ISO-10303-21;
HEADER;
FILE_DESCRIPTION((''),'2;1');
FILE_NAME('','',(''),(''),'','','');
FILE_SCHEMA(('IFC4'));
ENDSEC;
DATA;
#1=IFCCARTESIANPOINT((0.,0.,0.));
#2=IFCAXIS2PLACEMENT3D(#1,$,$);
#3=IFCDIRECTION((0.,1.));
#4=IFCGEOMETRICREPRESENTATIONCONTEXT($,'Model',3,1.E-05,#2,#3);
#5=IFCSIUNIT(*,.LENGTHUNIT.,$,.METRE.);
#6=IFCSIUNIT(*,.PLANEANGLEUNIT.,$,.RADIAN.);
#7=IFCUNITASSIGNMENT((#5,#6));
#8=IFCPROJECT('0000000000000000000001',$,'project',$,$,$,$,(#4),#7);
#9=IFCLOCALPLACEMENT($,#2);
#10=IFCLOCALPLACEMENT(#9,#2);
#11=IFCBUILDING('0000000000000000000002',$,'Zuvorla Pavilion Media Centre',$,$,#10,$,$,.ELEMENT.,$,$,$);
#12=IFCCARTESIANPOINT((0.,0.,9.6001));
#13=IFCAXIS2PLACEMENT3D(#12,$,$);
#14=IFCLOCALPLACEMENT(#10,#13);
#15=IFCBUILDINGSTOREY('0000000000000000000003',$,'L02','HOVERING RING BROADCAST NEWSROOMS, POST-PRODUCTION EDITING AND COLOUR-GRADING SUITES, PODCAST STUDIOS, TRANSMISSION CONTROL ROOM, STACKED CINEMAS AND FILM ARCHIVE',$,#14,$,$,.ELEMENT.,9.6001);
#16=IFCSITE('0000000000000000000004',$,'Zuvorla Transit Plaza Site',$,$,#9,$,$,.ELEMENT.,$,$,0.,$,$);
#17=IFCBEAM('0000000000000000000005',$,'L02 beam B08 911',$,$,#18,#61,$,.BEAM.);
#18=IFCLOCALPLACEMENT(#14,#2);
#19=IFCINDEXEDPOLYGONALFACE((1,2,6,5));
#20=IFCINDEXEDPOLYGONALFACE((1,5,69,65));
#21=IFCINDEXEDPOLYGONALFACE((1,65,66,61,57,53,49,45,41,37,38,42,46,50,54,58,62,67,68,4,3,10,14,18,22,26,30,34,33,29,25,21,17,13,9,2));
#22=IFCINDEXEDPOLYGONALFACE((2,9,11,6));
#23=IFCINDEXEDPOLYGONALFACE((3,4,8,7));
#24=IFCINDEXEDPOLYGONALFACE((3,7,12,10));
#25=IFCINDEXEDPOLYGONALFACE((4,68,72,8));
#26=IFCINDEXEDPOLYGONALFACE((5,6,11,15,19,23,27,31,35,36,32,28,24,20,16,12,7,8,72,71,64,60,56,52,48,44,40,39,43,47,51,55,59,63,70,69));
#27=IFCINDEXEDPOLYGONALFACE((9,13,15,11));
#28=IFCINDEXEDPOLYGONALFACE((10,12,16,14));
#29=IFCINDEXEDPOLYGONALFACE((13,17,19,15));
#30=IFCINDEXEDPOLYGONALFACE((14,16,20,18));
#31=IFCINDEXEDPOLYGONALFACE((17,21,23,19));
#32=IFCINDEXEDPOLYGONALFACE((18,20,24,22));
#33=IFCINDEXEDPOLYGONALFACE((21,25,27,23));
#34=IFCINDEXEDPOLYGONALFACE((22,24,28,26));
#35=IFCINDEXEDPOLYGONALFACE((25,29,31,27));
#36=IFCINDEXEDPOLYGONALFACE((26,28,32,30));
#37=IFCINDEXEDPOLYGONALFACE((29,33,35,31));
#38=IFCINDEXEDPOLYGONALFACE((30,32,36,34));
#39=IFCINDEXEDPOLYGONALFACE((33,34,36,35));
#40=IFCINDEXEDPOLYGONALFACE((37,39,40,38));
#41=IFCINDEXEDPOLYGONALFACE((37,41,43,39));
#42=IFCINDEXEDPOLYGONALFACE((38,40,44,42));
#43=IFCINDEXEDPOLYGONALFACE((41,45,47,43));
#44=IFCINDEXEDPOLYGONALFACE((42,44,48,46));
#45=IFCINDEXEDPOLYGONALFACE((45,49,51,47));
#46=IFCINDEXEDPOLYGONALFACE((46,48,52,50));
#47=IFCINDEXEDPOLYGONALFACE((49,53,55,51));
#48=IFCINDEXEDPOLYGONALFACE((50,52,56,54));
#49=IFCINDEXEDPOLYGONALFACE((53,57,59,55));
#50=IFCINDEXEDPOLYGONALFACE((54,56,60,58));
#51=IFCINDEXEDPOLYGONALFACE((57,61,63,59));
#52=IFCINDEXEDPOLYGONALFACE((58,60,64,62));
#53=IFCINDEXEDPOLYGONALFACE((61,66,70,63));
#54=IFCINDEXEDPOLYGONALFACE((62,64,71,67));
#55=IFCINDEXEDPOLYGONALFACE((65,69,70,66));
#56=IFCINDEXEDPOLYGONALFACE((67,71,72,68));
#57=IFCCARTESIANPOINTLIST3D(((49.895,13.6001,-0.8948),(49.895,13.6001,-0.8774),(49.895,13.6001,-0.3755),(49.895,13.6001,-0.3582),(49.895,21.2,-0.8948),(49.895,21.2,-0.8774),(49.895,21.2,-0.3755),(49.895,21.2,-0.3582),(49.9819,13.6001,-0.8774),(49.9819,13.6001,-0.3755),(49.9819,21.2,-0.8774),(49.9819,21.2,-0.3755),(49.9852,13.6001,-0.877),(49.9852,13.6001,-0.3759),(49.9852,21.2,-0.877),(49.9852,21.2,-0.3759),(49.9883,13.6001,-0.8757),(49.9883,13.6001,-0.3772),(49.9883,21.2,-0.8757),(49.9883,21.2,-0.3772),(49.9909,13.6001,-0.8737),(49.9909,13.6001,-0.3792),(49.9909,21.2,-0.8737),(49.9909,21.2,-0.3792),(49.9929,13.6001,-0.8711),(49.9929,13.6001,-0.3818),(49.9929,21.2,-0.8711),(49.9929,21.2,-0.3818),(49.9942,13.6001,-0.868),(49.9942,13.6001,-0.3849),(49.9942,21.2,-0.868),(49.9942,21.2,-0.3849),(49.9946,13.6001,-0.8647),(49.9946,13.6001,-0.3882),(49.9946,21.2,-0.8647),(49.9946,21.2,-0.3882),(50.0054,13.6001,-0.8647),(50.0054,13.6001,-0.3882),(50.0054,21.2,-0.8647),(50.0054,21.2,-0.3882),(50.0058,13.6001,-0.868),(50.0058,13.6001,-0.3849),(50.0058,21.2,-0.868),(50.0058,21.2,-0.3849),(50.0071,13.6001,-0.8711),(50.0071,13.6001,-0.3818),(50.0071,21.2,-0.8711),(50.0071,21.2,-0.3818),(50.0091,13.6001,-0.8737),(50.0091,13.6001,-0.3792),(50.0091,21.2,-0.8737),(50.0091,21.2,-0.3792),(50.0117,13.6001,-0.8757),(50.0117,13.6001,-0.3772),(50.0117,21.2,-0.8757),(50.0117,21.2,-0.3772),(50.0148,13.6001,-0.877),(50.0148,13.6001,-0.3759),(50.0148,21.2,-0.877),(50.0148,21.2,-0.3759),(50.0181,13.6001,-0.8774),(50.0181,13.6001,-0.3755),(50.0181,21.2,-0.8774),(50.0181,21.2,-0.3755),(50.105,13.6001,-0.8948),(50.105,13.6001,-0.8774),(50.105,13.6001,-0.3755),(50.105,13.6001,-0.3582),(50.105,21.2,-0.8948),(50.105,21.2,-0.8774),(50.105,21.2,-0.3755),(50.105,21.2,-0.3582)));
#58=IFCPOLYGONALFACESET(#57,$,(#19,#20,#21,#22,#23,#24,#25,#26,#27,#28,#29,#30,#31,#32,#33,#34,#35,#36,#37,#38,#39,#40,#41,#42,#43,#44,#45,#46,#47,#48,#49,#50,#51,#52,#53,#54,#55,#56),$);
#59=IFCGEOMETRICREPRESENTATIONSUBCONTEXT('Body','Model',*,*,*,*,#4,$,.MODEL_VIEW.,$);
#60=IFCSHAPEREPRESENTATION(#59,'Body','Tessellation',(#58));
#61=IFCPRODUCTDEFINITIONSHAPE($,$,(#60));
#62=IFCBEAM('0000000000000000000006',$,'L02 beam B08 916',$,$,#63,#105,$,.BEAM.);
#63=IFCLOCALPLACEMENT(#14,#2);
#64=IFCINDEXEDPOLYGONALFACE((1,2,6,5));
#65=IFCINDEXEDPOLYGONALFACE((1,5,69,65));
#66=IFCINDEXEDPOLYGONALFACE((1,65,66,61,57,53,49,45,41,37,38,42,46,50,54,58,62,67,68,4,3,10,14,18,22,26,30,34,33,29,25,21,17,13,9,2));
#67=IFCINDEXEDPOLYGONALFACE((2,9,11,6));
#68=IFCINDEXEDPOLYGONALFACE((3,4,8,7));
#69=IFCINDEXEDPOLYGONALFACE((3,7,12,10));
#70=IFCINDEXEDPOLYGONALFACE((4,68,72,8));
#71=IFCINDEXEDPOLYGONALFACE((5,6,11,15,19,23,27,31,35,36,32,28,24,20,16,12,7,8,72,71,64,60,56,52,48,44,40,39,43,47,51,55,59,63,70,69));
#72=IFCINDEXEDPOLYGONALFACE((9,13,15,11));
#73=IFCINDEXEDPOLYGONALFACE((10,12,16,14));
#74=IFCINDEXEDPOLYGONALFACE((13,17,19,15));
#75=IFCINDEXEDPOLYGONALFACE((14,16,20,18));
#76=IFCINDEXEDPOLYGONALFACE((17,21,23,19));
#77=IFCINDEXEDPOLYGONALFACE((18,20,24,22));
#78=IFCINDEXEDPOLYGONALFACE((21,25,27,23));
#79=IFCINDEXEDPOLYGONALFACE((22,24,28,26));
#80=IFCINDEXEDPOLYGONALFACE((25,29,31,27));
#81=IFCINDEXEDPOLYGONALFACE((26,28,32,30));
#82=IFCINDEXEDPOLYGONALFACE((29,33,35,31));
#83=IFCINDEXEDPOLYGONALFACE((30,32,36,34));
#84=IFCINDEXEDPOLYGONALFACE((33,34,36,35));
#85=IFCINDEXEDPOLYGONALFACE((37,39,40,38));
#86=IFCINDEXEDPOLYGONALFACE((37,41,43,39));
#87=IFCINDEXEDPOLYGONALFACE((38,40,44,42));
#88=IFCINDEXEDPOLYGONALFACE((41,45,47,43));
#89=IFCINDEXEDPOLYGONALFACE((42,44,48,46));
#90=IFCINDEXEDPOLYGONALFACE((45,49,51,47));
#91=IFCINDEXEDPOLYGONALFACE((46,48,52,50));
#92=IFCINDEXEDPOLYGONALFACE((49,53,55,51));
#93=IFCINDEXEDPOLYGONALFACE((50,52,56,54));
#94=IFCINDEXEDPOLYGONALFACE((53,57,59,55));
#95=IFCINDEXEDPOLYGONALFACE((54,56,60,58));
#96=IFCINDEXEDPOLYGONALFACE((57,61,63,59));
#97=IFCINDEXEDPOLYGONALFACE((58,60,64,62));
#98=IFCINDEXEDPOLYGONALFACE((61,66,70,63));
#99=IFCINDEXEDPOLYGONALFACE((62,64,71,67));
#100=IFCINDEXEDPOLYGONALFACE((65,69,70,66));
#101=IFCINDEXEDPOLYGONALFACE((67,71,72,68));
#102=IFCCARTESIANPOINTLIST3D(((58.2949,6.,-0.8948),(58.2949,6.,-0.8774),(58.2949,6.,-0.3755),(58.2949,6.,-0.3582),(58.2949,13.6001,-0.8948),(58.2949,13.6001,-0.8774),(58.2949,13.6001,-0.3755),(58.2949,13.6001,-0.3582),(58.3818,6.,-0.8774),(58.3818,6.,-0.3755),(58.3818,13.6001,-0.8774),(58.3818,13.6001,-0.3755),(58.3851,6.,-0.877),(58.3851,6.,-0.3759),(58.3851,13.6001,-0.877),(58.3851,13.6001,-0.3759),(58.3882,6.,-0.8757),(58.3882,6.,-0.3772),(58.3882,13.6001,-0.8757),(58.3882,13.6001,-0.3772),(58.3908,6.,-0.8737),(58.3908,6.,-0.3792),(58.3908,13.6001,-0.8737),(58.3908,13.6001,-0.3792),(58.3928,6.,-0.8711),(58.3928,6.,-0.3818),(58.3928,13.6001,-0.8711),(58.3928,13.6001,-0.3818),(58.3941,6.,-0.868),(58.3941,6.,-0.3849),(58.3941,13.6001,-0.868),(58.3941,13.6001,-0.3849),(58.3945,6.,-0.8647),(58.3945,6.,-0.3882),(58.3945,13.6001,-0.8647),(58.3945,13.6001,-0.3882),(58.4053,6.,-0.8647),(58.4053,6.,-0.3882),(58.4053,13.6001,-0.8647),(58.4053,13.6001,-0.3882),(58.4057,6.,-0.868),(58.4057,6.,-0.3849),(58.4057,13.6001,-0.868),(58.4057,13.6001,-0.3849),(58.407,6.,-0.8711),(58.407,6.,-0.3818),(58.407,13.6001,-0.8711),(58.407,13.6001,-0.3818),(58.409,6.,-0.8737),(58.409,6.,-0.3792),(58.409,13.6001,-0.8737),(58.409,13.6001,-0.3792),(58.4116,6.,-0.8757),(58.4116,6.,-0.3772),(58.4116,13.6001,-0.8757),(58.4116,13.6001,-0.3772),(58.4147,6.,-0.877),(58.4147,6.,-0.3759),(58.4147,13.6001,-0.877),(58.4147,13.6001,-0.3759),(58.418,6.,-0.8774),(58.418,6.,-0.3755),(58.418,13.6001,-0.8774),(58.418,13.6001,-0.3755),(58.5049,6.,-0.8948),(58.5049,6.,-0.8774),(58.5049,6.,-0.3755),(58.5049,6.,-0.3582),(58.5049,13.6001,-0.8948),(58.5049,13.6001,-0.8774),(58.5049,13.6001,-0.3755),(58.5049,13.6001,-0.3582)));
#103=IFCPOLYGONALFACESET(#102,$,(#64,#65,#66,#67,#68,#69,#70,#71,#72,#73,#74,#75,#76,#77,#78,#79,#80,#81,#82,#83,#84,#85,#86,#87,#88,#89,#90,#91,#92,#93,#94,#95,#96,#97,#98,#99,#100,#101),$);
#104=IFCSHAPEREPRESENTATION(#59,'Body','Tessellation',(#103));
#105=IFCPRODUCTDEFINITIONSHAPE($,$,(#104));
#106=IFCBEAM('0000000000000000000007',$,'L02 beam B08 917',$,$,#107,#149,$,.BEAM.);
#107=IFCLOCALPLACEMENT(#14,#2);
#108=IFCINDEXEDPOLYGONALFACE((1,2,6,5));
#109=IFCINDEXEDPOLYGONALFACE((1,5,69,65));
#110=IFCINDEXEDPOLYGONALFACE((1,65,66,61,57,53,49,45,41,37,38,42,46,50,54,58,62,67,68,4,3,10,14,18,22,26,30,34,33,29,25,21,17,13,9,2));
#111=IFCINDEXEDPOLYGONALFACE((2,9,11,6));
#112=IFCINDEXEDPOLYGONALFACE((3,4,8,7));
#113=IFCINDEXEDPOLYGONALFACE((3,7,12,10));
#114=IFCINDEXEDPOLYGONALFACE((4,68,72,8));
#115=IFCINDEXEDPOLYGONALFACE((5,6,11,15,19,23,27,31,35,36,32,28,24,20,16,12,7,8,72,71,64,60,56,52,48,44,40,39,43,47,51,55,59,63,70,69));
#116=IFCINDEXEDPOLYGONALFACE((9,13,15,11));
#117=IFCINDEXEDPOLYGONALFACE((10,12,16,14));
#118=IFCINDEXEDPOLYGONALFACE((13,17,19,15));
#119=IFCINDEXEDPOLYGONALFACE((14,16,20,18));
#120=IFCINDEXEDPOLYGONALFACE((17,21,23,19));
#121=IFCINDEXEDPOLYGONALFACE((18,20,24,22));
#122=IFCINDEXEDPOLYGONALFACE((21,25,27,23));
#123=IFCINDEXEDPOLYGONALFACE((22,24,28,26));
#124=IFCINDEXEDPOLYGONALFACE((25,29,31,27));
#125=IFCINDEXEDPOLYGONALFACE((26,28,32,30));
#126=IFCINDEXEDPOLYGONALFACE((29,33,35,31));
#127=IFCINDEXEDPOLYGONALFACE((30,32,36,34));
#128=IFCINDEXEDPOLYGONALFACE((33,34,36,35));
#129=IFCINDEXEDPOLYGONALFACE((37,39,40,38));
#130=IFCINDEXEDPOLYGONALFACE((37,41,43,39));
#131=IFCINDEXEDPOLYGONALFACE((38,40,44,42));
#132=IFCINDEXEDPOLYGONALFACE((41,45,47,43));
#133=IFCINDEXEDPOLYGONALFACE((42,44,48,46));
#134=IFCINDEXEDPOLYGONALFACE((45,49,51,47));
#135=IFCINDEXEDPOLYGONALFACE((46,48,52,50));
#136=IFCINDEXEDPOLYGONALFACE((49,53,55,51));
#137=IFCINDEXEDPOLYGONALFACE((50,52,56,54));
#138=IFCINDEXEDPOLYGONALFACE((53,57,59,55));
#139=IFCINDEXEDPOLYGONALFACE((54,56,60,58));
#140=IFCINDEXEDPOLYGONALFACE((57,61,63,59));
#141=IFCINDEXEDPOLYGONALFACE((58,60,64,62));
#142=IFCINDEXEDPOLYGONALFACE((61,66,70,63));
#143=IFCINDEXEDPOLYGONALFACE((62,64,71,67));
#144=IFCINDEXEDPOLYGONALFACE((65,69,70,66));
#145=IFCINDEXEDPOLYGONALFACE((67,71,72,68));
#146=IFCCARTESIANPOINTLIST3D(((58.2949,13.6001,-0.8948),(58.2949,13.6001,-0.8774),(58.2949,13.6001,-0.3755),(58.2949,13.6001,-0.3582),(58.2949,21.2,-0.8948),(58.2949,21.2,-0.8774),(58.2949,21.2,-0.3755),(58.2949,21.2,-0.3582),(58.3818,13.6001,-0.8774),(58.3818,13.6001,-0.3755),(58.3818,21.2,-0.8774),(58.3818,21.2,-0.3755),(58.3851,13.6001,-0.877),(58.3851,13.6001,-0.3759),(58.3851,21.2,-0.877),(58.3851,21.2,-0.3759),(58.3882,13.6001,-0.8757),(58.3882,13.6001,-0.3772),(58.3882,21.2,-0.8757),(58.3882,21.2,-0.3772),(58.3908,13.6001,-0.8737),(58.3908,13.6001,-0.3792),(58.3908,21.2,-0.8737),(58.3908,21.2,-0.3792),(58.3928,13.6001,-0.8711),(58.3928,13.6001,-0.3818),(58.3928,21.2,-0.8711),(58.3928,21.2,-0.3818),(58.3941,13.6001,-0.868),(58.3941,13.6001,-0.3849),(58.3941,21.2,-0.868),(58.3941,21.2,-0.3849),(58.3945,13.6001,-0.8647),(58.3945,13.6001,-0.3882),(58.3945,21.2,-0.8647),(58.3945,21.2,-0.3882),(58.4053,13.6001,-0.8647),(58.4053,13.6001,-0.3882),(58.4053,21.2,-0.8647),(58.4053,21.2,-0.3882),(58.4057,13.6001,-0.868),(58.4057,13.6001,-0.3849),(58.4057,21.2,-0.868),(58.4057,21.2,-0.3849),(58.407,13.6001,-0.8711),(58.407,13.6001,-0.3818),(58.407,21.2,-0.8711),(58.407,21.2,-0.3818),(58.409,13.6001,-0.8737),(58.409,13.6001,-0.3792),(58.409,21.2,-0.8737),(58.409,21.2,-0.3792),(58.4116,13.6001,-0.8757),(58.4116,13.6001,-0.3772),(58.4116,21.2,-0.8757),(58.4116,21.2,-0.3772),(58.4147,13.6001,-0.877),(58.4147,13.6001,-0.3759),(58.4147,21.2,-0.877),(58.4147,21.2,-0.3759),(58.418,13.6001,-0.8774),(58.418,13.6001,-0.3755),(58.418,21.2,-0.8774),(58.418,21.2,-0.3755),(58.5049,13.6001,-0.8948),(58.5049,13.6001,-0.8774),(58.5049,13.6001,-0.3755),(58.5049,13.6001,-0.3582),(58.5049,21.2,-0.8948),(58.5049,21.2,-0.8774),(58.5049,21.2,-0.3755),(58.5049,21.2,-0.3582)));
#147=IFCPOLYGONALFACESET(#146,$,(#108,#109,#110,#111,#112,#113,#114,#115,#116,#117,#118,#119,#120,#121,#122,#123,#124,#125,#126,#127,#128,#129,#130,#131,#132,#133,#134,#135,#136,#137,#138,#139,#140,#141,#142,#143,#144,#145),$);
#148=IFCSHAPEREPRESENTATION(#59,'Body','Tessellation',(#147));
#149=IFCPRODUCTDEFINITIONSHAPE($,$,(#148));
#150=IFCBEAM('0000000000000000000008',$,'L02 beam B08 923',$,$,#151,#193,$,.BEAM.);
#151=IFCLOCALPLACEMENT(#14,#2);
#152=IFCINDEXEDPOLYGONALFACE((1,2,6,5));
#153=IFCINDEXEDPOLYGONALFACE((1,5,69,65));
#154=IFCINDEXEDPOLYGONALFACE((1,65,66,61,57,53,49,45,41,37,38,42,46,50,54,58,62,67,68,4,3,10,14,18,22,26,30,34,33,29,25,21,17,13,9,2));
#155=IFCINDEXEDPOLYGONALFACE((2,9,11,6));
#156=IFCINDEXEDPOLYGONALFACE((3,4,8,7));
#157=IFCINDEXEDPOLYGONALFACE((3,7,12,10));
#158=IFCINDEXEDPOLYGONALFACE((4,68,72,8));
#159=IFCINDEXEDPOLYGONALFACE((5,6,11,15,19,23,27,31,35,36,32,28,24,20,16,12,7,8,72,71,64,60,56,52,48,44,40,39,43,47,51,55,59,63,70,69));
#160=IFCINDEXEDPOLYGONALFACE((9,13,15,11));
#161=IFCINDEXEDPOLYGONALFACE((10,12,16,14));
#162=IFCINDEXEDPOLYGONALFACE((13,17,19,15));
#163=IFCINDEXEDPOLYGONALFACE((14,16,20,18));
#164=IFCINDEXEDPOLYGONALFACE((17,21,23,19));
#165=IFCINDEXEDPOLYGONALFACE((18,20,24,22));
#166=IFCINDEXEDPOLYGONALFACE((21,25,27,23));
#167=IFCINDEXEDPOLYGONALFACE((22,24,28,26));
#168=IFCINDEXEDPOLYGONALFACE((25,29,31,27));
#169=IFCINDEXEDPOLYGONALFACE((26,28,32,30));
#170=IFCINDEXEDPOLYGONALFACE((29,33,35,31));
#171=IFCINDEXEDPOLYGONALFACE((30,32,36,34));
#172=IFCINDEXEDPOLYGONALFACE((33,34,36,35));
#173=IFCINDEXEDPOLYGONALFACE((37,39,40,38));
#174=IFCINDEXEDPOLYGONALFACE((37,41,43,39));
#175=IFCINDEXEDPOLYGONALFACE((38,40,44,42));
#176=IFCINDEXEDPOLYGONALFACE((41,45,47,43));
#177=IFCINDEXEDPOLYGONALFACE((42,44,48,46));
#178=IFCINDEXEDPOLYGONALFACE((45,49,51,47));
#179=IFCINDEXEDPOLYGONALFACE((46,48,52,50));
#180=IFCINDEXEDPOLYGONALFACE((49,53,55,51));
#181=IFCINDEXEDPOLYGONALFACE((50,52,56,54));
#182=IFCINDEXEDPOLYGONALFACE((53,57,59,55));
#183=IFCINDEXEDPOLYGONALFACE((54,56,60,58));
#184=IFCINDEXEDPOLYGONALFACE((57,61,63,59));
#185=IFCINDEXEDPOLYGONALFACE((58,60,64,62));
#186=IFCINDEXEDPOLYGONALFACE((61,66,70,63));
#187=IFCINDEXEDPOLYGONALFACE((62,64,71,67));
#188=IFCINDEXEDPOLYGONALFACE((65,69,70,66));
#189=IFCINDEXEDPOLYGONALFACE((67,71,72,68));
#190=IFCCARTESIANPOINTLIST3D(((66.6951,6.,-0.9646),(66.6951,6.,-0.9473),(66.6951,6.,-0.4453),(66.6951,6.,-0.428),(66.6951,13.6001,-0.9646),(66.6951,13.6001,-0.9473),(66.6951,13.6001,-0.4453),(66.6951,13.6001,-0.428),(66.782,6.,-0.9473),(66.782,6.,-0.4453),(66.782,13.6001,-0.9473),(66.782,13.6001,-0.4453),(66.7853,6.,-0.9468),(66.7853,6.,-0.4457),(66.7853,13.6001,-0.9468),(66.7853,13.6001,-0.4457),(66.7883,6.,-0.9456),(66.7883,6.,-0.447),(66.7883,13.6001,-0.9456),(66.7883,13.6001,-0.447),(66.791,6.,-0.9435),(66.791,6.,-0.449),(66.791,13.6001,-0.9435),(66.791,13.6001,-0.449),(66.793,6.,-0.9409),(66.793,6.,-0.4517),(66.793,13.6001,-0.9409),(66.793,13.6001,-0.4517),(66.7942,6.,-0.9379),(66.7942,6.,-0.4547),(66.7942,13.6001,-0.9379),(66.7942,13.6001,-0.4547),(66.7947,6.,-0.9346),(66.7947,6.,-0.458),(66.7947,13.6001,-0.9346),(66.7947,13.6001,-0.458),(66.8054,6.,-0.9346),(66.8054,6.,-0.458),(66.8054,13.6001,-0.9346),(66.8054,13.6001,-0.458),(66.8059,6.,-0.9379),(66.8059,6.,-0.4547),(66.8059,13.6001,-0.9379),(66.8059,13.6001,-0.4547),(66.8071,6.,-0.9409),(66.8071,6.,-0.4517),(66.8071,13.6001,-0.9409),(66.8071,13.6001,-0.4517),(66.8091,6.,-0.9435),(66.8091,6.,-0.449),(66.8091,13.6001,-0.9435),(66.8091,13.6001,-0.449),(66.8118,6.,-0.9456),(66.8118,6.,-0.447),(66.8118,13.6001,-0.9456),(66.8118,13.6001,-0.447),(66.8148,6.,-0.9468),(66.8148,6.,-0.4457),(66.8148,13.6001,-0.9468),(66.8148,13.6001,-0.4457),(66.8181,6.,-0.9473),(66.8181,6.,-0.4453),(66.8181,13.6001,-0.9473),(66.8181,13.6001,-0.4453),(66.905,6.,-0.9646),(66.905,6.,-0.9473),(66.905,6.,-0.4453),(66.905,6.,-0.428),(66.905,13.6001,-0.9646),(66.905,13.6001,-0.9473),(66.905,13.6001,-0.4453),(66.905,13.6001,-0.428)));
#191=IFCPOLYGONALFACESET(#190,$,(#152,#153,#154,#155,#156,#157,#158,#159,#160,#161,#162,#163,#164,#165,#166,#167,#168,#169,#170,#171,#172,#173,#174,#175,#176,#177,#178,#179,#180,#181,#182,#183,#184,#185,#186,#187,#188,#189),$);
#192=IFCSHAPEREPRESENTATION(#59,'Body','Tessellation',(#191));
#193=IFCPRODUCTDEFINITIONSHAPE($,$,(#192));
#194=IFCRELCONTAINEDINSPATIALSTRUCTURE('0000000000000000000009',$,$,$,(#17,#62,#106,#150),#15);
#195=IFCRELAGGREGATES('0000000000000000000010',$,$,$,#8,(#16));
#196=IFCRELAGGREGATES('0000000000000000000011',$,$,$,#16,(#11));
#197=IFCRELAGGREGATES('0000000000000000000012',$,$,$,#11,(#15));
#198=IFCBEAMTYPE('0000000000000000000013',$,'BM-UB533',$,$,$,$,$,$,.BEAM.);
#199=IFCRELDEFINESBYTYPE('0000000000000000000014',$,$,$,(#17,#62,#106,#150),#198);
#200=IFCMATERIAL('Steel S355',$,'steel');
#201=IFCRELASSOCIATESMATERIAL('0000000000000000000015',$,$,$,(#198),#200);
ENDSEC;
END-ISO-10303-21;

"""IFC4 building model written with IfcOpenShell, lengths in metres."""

from ifc_helpers import new_model, si_unit, direction, frame, origin, origin_2d, place, context, subcontext, project, spatial, i_section, extrude, material, material_profile, profile_set, type_object, element, save


model = new_model("IFC4")

# Units and contexts
model_context = context("Model", 3, precision=1e-05, world=origin(), true_north=direction((0.0, 1.0)))
body_context = subcontext(model_context, "Body", "Model", "MODEL_VIEW")
ifc_project = project(units=[si_unit("LENGTHUNIT", "METRE"), si_unit("PLANEANGLEUNIT", "RADIAN")], contexts=[model_context])

# Site, building, storey
site_placement = place(None, origin())
site = spatial("IfcSite", under=ifc_project, at=site_placement, Name="Zuvorla Transit Plaza Site", CompositionType="ELEMENT", RefElevation=0.0)
building_placement = place(site_placement, origin())
building = spatial("IfcBuilding", under=site, at=building_placement, Name="Zuvorla Pavilion Media Centre", CompositionType="ELEMENT")
storey_placement = place(building_placement, frame((0.0, 0.0, 9.6001)))
storey = spatial("IfcBuildingStorey", under=building, at=storey_placement, Name="L02", Description="HOVERING RING BROADCAST NEWSROOMS, POST-PRODUCTION EDITING AND COLOUR-GRADING SUITES, PODCAST STUDIOS, TRANSMISSION CONTROL ROOM, STACKED CINEMAS AND FILM ARCHIVE", CompositionType="ELEMENT", Elevation=9.6001)

# Beams
ifc_material_1 = material(Name="Steel S355", Category="steel")
ifc_material_profile_1 = material_profile(ifc_material_1, i_section(OverallWidth=0.21, OverallDepth=0.5366, WebThickness=0.0107, FlangeThickness=0.0173, FilletRadius=0.0127, at=origin_2d()), Name="UB 533x210x101")
ifc_profile_set_1 = profile_set([ifc_material_profile_1], Name="Steel S355")
beam_type_1 = type_object("IfcBeamType", Name="BM-UB533", PredefinedType="BEAM", material=ifc_profile_set_1)
beam_1_placement = place(storey_placement, frame((50.0, 13.6001, -0.6265), z_axis=(0.0, 1.0, 0.0), x_axis=(-1.0, 0.0, 0.0)))
element("IfcBeam", 1, at=beam_1_placement, inside=storey, type_object=beam_type_1, Name="L02 beam B08 911", PredefinedType="BEAM", context=body_context, shape_type="SweptSolid", body=[
    extrude(i_section(OverallWidth=0.21, OverallDepth=0.5366, WebThickness=0.0107, FlangeThickness=0.0173, FilletRadius=0.0127, at=origin_2d()), origin(), (0.0, 0.0, 1.0), 7.5999),
])
beam_2_placement = place(storey_placement, frame((58.3999, 6.0, -0.6265), z_axis=(0.0, 1.0, 0.0), x_axis=(-1.0, 0.0, 0.0)))
element("IfcBeam", 2, at=beam_2_placement, inside=storey, type_object=beam_type_1, Name="L02 beam B08 916", PredefinedType="BEAM", context=body_context, shape_type="SweptSolid", body=[
    extrude(i_section(OverallWidth=0.21, OverallDepth=0.5366, WebThickness=0.0107, FlangeThickness=0.0173, FilletRadius=0.0127, at=origin_2d()), origin(), (0.0, 0.0, 1.0), 7.6001),
])
beam_3_placement = place(storey_placement, frame((58.3999, 13.6001, -0.6265), z_axis=(0.0, 1.0, 0.0), x_axis=(-1.0, 0.0, 0.0)))
element("IfcBeam", 3, at=beam_3_placement, inside=storey, type_object=beam_type_1, Name="L02 beam B08 917", PredefinedType="BEAM", context=body_context, shape_type="SweptSolid", body=[
    extrude(i_section(OverallWidth=0.21, OverallDepth=0.5366, WebThickness=0.0107, FlangeThickness=0.0173, FilletRadius=0.0127, at=origin_2d()), origin(), (0.0, 0.0, 1.0), 7.5999),
])
beam_4_placement = place(storey_placement, frame((66.8, 6.0, -0.6963), z_axis=(0.0, 1.0, 0.0), x_axis=(-1.0, 0.0, 0.0)))
element("IfcBeam", 4, at=beam_4_placement, inside=storey, type_object=beam_type_1, Name="L02 beam B08 923", PredefinedType="BEAM", context=body_context, shape_type="SweptSolid", body=[
    extrude(i_section(OverallWidth=0.21, OverallDepth=0.5366, WebThickness=0.0107, FlangeThickness=0.0173, FilletRadius=0.0127, at=origin_2d()), origin(), (0.0, 0.0, 1.0), 7.6001),
])

save(model, "model.ifc")
